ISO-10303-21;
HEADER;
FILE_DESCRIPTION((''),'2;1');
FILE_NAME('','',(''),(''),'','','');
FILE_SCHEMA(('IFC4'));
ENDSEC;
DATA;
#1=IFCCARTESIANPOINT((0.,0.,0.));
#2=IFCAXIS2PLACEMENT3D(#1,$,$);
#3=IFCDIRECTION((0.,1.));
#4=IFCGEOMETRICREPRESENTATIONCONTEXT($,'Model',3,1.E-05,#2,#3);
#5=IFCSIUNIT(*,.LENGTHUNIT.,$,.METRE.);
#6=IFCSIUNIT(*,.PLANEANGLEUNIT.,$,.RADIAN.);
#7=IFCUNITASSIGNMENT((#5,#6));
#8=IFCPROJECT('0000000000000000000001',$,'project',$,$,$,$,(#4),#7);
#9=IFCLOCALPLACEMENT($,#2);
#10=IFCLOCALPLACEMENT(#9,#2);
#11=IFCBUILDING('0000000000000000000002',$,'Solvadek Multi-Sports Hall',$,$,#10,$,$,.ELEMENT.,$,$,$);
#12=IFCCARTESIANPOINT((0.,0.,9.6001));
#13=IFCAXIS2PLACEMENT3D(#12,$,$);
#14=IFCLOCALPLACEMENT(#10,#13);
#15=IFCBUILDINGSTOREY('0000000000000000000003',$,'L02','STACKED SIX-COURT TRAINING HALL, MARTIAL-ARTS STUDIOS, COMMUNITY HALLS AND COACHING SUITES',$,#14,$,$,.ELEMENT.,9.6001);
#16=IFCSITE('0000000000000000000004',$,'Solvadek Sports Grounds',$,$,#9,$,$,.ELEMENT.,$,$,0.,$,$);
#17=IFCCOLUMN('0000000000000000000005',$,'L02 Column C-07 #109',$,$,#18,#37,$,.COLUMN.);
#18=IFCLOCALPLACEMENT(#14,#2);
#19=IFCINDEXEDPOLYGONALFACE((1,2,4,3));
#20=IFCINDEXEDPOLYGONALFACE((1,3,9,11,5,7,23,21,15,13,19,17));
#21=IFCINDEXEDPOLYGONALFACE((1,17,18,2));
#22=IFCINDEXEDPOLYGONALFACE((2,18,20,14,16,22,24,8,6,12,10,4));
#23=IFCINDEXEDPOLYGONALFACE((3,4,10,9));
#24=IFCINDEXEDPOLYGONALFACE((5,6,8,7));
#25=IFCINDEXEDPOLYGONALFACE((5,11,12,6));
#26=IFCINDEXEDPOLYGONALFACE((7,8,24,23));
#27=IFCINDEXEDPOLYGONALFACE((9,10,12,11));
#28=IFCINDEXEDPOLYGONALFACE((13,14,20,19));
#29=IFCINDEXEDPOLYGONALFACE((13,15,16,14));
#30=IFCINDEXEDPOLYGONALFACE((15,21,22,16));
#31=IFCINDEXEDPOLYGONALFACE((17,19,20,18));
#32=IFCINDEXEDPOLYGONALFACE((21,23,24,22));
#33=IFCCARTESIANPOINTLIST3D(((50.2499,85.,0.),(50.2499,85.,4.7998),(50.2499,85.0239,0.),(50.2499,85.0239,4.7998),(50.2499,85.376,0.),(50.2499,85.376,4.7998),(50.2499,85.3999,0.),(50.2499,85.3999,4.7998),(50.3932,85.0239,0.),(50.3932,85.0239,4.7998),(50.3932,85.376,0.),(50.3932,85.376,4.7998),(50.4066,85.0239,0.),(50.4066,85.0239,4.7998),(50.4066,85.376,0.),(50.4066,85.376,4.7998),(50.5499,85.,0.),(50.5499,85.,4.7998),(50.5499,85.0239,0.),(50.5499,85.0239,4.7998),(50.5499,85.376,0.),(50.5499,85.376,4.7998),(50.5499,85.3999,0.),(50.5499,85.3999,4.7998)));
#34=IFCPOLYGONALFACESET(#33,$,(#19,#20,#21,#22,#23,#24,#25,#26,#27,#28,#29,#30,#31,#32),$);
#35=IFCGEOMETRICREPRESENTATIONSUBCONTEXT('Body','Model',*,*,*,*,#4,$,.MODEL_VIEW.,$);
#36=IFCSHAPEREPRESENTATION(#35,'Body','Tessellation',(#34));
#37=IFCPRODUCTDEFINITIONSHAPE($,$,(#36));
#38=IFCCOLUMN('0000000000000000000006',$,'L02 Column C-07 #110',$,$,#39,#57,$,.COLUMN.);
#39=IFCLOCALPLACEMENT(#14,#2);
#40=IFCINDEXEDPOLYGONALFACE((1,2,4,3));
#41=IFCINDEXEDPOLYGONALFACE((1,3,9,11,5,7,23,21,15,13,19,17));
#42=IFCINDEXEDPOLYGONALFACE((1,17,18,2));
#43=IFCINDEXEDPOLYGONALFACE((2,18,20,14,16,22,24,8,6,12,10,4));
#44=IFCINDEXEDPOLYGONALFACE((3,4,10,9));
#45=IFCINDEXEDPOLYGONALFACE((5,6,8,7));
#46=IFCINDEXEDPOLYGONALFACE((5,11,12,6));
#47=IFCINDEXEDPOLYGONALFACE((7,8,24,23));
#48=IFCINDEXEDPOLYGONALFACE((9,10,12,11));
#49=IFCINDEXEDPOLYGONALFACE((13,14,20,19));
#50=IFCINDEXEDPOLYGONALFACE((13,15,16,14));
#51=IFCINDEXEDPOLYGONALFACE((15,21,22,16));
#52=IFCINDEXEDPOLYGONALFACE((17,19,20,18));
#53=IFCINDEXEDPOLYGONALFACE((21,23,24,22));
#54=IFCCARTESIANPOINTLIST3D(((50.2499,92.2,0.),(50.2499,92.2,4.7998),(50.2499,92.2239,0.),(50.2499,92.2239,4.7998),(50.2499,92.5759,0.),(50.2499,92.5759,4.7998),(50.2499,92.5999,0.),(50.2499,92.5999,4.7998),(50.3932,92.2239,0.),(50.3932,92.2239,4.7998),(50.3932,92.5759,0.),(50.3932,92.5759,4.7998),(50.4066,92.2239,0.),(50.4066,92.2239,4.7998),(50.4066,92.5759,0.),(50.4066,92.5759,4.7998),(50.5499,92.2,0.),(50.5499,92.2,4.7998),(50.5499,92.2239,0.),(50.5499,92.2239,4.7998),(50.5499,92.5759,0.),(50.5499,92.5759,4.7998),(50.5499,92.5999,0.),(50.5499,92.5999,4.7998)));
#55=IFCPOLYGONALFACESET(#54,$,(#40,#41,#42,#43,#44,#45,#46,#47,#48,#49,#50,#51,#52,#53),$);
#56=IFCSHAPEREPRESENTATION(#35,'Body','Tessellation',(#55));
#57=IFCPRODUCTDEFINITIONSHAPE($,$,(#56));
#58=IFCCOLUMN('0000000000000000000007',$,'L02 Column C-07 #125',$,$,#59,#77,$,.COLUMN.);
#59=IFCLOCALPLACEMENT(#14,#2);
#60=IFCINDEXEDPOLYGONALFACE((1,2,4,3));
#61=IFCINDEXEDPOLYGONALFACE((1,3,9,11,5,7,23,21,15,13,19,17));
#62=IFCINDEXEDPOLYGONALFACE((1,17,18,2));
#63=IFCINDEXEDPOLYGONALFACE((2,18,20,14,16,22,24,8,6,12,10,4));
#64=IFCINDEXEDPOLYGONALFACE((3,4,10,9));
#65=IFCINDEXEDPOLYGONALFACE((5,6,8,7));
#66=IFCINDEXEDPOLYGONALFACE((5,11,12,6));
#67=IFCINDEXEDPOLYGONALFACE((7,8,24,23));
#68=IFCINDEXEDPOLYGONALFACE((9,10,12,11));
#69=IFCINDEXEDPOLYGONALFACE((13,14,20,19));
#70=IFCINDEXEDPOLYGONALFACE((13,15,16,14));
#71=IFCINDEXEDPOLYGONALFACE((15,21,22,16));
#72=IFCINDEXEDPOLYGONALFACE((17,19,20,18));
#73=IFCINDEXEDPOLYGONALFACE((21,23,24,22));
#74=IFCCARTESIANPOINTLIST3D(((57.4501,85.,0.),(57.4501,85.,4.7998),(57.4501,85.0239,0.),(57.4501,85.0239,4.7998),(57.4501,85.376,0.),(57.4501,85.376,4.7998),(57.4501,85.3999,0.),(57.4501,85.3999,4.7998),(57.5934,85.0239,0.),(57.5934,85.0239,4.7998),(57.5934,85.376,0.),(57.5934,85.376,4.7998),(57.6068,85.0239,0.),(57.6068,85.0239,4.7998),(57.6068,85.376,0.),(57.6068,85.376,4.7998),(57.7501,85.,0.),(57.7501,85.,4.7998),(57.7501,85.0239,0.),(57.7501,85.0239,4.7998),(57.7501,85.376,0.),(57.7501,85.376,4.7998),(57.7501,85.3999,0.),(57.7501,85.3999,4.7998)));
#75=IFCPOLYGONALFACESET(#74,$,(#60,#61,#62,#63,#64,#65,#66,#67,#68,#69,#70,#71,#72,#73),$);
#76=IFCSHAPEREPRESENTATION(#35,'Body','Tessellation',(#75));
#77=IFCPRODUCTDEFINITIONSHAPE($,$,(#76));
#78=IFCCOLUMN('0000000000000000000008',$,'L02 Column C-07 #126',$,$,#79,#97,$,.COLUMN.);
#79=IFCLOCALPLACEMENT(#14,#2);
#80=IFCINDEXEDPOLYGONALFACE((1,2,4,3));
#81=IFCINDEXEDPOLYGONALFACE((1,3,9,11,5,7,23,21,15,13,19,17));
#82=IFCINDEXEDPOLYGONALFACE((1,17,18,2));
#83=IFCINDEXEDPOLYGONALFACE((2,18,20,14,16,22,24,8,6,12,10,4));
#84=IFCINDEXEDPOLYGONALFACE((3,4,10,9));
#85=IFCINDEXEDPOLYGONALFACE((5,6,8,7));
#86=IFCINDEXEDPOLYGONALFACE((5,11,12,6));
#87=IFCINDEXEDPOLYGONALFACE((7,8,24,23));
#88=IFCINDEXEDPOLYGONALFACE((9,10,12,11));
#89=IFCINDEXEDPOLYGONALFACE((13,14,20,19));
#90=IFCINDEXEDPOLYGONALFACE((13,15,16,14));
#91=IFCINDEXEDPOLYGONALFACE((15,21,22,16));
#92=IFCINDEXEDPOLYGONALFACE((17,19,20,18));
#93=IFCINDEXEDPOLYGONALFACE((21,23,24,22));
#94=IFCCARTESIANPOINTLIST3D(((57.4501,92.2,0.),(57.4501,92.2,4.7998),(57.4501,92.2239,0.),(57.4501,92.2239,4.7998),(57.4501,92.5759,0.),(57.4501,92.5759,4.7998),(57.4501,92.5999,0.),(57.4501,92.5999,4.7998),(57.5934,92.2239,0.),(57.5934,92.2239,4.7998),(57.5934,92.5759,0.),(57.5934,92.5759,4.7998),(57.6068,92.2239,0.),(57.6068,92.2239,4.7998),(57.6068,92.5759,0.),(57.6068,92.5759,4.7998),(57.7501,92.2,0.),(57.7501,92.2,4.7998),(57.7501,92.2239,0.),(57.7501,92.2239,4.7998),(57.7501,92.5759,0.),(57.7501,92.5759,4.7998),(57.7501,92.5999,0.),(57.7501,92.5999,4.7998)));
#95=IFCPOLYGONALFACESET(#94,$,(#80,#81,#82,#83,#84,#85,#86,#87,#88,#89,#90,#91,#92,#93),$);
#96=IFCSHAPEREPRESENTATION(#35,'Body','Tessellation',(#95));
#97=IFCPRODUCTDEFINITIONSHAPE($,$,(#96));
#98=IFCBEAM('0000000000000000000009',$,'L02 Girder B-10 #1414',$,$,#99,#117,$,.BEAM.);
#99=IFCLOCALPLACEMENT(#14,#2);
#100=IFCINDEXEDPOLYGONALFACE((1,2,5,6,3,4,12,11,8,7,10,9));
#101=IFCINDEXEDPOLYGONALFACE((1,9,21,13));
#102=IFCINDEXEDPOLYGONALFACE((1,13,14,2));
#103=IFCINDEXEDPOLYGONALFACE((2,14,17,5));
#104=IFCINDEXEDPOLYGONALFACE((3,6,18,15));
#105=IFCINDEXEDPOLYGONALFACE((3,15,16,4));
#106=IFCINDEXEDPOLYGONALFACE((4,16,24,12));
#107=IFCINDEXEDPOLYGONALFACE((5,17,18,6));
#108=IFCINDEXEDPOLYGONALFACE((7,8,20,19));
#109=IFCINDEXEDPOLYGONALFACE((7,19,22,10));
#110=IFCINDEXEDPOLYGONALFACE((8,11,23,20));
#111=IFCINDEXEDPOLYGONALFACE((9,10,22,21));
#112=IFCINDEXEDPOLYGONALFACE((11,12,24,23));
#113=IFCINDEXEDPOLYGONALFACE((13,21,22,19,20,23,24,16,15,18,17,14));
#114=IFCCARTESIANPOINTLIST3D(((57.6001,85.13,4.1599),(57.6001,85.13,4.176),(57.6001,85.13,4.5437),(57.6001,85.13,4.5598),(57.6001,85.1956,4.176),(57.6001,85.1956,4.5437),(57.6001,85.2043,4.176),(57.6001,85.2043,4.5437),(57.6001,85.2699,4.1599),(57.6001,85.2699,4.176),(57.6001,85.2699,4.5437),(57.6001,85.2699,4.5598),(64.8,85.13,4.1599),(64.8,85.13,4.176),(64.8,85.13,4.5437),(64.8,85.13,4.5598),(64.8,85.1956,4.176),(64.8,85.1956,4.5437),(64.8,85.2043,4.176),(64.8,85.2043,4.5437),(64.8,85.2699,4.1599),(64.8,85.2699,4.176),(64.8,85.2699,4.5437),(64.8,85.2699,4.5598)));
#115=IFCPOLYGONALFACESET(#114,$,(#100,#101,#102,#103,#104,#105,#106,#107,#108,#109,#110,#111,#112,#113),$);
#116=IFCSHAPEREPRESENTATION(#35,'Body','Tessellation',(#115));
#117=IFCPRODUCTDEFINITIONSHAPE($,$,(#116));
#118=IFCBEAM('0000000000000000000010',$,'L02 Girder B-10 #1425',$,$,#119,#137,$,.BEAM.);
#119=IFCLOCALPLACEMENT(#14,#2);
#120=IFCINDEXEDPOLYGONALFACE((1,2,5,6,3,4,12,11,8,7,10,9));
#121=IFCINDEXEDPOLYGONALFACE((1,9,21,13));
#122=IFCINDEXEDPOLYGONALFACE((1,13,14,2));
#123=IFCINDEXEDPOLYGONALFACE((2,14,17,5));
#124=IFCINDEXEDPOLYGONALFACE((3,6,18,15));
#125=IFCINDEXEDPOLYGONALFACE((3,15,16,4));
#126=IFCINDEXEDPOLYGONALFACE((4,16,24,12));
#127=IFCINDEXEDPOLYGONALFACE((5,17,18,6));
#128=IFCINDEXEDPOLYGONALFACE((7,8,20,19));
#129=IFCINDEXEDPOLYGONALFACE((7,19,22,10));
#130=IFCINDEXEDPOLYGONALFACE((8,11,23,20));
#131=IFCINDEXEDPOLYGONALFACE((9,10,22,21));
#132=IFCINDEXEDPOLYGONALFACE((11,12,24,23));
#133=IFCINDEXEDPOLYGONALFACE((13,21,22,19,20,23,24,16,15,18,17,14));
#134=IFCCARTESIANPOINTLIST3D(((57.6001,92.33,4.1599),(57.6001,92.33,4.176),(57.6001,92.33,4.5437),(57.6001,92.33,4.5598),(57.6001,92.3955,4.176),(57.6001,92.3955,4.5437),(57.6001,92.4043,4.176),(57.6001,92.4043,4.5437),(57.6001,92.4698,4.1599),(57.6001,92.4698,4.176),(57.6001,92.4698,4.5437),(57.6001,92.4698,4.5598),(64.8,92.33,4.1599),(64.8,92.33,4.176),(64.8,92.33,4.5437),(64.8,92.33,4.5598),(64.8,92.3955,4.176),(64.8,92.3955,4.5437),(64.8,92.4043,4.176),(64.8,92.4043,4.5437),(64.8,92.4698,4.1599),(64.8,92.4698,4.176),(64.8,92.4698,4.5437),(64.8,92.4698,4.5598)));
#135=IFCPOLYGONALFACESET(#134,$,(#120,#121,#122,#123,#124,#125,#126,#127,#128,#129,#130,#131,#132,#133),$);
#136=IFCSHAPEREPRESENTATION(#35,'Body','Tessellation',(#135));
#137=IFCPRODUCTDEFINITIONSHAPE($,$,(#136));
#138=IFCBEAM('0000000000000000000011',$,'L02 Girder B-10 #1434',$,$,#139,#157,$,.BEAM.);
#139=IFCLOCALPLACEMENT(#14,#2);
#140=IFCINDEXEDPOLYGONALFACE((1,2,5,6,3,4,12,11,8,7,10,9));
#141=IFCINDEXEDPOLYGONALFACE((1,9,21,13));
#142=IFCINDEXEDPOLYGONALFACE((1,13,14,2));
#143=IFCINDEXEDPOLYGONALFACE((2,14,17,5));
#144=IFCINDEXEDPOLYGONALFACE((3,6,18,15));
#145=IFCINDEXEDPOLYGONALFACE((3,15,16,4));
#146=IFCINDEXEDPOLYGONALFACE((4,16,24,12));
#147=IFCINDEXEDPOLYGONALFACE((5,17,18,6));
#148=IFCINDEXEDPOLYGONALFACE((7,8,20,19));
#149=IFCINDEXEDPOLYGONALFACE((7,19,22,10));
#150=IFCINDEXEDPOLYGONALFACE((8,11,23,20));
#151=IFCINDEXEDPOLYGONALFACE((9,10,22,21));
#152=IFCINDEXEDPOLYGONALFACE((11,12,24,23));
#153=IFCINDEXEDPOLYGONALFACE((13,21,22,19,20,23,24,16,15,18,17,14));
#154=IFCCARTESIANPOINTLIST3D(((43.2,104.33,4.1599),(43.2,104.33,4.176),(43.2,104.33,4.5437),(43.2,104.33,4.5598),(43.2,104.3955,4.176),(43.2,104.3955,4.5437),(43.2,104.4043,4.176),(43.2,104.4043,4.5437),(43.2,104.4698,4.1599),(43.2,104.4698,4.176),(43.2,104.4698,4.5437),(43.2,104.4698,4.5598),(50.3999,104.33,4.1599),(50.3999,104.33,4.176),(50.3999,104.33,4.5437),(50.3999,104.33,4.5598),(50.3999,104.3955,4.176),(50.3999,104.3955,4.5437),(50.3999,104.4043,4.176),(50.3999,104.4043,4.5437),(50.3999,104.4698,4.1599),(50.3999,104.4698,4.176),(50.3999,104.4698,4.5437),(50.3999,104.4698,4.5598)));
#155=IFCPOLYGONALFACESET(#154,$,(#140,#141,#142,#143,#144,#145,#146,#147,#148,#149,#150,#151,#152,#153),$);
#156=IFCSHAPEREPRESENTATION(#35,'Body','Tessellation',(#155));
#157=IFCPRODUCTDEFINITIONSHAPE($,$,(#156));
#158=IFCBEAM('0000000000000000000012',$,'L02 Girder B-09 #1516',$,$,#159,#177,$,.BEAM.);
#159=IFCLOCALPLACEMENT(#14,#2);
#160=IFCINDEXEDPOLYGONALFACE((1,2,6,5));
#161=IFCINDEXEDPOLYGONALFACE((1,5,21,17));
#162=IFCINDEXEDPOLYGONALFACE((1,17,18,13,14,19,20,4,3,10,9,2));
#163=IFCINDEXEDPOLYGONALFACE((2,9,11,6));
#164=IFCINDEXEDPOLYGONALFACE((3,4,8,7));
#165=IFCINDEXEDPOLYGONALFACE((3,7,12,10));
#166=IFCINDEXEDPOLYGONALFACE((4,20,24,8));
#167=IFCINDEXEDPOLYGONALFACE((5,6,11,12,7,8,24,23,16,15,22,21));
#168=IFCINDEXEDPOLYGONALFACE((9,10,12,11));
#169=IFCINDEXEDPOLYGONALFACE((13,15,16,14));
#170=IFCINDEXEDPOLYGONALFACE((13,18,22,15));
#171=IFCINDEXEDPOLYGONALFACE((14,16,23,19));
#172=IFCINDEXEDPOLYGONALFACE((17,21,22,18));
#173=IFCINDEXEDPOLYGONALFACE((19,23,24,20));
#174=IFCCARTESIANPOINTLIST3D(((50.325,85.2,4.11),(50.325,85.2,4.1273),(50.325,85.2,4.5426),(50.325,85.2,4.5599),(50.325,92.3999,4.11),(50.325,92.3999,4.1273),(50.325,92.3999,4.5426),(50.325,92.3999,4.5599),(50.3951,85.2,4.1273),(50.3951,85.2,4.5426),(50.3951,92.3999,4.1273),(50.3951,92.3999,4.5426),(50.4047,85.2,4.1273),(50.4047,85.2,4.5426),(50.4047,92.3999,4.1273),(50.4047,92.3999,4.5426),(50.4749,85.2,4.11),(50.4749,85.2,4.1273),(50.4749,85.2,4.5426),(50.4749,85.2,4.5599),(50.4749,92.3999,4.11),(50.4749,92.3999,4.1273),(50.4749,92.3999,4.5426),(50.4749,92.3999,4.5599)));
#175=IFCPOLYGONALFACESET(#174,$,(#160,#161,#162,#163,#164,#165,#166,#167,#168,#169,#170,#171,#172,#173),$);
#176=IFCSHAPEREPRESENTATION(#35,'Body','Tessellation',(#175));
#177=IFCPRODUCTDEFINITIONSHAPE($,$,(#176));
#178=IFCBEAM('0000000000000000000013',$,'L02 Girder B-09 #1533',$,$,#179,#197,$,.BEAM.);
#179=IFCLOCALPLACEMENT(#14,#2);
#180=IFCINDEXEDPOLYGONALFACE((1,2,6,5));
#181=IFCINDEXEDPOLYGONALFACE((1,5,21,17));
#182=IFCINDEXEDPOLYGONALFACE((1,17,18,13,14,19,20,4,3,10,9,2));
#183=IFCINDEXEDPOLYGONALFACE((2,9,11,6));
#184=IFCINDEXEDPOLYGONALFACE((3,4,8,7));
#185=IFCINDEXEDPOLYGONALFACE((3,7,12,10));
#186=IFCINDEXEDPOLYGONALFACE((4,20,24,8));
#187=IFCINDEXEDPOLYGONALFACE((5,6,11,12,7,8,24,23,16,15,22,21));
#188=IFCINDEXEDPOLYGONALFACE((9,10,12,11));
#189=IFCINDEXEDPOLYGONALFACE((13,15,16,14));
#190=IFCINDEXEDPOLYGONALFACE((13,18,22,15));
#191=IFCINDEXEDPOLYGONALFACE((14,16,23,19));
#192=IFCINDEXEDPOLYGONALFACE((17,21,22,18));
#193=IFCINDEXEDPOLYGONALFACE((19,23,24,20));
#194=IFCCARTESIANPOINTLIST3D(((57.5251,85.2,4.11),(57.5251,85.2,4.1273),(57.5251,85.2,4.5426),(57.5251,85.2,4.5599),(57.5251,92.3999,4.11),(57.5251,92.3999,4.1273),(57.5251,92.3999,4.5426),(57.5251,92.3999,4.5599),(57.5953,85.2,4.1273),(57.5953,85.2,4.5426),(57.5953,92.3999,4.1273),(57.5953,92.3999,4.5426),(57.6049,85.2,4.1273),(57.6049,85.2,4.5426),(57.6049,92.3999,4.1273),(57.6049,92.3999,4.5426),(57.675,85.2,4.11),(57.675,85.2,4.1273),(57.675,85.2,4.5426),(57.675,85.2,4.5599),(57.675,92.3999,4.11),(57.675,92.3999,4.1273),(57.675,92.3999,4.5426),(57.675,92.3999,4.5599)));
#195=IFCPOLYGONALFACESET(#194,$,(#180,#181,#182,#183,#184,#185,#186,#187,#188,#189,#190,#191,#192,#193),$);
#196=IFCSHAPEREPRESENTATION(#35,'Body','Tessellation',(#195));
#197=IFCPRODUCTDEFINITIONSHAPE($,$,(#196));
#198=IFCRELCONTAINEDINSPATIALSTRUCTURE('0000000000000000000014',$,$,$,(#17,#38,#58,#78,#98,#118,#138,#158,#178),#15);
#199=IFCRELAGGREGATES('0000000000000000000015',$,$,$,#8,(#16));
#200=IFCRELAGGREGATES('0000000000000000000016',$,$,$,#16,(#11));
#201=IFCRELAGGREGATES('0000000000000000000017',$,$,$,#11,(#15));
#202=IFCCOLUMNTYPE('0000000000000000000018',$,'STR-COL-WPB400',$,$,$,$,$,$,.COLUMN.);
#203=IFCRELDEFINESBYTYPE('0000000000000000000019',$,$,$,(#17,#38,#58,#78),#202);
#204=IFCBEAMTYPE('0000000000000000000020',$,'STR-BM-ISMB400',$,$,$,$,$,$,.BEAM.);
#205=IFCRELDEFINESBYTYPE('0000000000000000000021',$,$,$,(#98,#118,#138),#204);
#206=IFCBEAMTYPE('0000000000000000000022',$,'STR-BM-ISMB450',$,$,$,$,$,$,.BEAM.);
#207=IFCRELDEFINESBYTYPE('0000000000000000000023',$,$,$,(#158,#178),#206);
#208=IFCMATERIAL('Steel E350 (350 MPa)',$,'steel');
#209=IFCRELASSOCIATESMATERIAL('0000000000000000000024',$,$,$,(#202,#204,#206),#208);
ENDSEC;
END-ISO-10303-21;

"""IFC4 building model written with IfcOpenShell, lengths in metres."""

from ifc_helpers import new_model, si_unit, direction, frame, origin, origin_2d, place, context, subcontext, project, spatial, i_section, extrude, material, material_profile, profile_set, type_object, element, save


model = new_model("IFC4")

# Units and contexts
model_context = context("Model", 3, precision=1e-05, world=origin(), true_north=direction((0.0, 1.0)))
body_context = subcontext(model_context, "Body", "Model", "MODEL_VIEW")
ifc_project = project(units=[si_unit("LENGTHUNIT", "METRE"), si_unit("PLANEANGLEUNIT", "RADIAN")], contexts=[model_context])

# Site, building, storey
site_placement = place(None, origin())
site = spatial("IfcSite", under=ifc_project, at=site_placement, Name="Solvadek Sports Grounds", CompositionType="ELEMENT", RefElevation=0.0)
building_placement = place(site_placement, origin())
building = spatial("IfcBuilding", under=site, at=building_placement, Name="Solvadek Multi-Sports Hall", CompositionType="ELEMENT")
storey_placement = place(building_placement, frame((0.0, 0.0, 9.6001)))
storey = spatial("IfcBuildingStorey", under=building, at=storey_placement, Name="L02", Description="STACKED SIX-COURT TRAINING HALL, MARTIAL-ARTS STUDIOS, COMMUNITY HALLS AND COACHING SUITES", CompositionType="ELEMENT", Elevation=9.6001)

# Columns
ifc_material_1 = material(Name="Steel E350 (350 MPa)", Category="steel")
ifc_material_profile_1 = material_profile(ifc_material_1, i_section(OverallWidth=0.3, OverallDepth=0.3999, WebThickness=0.0134, FlangeThickness=0.0239, at=origin_2d()), Name="WPB 400")
ifc_profile_set_1 = profile_set([ifc_material_profile_1], Name="Steel E350 (350 MPa)")
column_type = type_object("IfcColumnType", Name="STR-COL-WPB400", PredefinedType="COLUMN", material=ifc_profile_set_1)
for number, where, z_axis, x_axis, name in (
    (1, (50.3999, 85.2, 0.0), (0.0, 0.0, 1.0), (1.0, 0.0, 0.0), "L02 Column C-07 #109"),
    (2, (50.3999, 92.3999, 0.0), (0.0, 0.0, 1.0), (1.0, 0.0, 0.0), "L02 Column C-07 #110"),
    (3, (57.6001, 85.2, 0.0), (0.0, 0.0, 1.0), (1.0, 0.0, 0.0), "L02 Column C-07 #125"),
    (4, (57.6001, 92.3999, 0.0), (0.0, 0.0, 1.0), (1.0, 0.0, 0.0), "L02 Column C-07 #126"),
):
    element("IfcColumn", number, at=place(storey_placement, frame(where, z_axis=z_axis, x_axis=x_axis)), inside=storey, type_object=column_type, Name=name, PredefinedType="COLUMN", context=body_context, shape_type="SweptSolid", body=[
        extrude(i_section(OverallWidth=0.3, OverallDepth=0.3999, WebThickness=0.0134, FlangeThickness=0.0239, at=origin_2d()), origin(), (0.0, 0.0, 1.0), 4.7998),
    ])

# Beams
ifc_material_profile_2 = material_profile(ifc_material_1, i_section(OverallWidth=0.1399, OverallDepth=0.3999, WebThickness=0.0088, FlangeThickness=0.0161, at=origin_2d()), Name="ISMB 400")
ifc_profile_set_2 = profile_set([ifc_material_profile_2], Name="Steel E350 (350 MPa)")
beam_type_1 = type_object("IfcBeamType", Name="STR-BM-ISMB400", PredefinedType="BEAM", material=ifc_profile_set_2)
for number, where, z_axis, x_axis, name in (
    (5, (57.6001, 85.2, 4.3599), (1.0, 0.0, 0.0), (0.0, 1.0, 0.0), "L02 Girder B-10 #1414"),
    (6, (57.6001, 92.3999, 4.3599), (1.0, 0.0, 0.0), (0.0, 1.0, 0.0), "L02 Girder B-10 #1425"),
    (7, (43.2, 104.3999, 4.3599), (1.0, 0.0, 0.0), (0.0, 1.0, 0.0), "L02 Girder B-10 #1434"),
):
    element("IfcBeam", number, at=place(storey_placement, frame(where, z_axis=z_axis, x_axis=x_axis)), inside=storey, type_object=beam_type_1, Name=name, PredefinedType="BEAM", context=body_context, shape_type="SweptSolid", body=[
        extrude(i_section(OverallWidth=0.1399, OverallDepth=0.3999, WebThickness=0.0088, FlangeThickness=0.0161, at=origin_2d()), origin(), (0.0, 0.0, 1.0), 7.2),
    ])
ifc_material_profile_3 = material_profile(ifc_material_1, i_section(OverallWidth=0.1499, OverallDepth=0.45, WebThickness=0.0095, FlangeThickness=0.0173, at=origin_2d()), Name="ISMB 450")
ifc_profile_set_3 = profile_set([ifc_material_profile_3], Name="Steel E350 (350 MPa)")
beam_type_2 = type_object("IfcBeamType", Name="STR-BM-ISMB450", PredefinedType="BEAM", material=ifc_profile_set_3)
for number, where, z_axis, x_axis, name in (
    (8, (50.3999, 85.2, 4.335), (0.0, 1.0, 0.0), (-1.0, 0.0, 0.0), "L02 Girder B-09 #1516"),
    (9, (57.6001, 85.2, 4.335), (0.0, 1.0, 0.0), (-1.0, 0.0, 0.0), "L02 Girder B-09 #1533"),
):
    element("IfcBeam", number, at=place(storey_placement, frame(where, z_axis=z_axis, x_axis=x_axis)), inside=storey, type_object=beam_type_2, Name=name, PredefinedType="BEAM", context=body_context, shape_type="SweptSolid", body=[
        extrude(i_section(OverallWidth=0.1499, OverallDepth=0.45, WebThickness=0.0095, FlangeThickness=0.0173, at=origin_2d()), origin(), (0.0, 0.0, 1.0), 7.2),
    ])

save(model, "model.ifc")
